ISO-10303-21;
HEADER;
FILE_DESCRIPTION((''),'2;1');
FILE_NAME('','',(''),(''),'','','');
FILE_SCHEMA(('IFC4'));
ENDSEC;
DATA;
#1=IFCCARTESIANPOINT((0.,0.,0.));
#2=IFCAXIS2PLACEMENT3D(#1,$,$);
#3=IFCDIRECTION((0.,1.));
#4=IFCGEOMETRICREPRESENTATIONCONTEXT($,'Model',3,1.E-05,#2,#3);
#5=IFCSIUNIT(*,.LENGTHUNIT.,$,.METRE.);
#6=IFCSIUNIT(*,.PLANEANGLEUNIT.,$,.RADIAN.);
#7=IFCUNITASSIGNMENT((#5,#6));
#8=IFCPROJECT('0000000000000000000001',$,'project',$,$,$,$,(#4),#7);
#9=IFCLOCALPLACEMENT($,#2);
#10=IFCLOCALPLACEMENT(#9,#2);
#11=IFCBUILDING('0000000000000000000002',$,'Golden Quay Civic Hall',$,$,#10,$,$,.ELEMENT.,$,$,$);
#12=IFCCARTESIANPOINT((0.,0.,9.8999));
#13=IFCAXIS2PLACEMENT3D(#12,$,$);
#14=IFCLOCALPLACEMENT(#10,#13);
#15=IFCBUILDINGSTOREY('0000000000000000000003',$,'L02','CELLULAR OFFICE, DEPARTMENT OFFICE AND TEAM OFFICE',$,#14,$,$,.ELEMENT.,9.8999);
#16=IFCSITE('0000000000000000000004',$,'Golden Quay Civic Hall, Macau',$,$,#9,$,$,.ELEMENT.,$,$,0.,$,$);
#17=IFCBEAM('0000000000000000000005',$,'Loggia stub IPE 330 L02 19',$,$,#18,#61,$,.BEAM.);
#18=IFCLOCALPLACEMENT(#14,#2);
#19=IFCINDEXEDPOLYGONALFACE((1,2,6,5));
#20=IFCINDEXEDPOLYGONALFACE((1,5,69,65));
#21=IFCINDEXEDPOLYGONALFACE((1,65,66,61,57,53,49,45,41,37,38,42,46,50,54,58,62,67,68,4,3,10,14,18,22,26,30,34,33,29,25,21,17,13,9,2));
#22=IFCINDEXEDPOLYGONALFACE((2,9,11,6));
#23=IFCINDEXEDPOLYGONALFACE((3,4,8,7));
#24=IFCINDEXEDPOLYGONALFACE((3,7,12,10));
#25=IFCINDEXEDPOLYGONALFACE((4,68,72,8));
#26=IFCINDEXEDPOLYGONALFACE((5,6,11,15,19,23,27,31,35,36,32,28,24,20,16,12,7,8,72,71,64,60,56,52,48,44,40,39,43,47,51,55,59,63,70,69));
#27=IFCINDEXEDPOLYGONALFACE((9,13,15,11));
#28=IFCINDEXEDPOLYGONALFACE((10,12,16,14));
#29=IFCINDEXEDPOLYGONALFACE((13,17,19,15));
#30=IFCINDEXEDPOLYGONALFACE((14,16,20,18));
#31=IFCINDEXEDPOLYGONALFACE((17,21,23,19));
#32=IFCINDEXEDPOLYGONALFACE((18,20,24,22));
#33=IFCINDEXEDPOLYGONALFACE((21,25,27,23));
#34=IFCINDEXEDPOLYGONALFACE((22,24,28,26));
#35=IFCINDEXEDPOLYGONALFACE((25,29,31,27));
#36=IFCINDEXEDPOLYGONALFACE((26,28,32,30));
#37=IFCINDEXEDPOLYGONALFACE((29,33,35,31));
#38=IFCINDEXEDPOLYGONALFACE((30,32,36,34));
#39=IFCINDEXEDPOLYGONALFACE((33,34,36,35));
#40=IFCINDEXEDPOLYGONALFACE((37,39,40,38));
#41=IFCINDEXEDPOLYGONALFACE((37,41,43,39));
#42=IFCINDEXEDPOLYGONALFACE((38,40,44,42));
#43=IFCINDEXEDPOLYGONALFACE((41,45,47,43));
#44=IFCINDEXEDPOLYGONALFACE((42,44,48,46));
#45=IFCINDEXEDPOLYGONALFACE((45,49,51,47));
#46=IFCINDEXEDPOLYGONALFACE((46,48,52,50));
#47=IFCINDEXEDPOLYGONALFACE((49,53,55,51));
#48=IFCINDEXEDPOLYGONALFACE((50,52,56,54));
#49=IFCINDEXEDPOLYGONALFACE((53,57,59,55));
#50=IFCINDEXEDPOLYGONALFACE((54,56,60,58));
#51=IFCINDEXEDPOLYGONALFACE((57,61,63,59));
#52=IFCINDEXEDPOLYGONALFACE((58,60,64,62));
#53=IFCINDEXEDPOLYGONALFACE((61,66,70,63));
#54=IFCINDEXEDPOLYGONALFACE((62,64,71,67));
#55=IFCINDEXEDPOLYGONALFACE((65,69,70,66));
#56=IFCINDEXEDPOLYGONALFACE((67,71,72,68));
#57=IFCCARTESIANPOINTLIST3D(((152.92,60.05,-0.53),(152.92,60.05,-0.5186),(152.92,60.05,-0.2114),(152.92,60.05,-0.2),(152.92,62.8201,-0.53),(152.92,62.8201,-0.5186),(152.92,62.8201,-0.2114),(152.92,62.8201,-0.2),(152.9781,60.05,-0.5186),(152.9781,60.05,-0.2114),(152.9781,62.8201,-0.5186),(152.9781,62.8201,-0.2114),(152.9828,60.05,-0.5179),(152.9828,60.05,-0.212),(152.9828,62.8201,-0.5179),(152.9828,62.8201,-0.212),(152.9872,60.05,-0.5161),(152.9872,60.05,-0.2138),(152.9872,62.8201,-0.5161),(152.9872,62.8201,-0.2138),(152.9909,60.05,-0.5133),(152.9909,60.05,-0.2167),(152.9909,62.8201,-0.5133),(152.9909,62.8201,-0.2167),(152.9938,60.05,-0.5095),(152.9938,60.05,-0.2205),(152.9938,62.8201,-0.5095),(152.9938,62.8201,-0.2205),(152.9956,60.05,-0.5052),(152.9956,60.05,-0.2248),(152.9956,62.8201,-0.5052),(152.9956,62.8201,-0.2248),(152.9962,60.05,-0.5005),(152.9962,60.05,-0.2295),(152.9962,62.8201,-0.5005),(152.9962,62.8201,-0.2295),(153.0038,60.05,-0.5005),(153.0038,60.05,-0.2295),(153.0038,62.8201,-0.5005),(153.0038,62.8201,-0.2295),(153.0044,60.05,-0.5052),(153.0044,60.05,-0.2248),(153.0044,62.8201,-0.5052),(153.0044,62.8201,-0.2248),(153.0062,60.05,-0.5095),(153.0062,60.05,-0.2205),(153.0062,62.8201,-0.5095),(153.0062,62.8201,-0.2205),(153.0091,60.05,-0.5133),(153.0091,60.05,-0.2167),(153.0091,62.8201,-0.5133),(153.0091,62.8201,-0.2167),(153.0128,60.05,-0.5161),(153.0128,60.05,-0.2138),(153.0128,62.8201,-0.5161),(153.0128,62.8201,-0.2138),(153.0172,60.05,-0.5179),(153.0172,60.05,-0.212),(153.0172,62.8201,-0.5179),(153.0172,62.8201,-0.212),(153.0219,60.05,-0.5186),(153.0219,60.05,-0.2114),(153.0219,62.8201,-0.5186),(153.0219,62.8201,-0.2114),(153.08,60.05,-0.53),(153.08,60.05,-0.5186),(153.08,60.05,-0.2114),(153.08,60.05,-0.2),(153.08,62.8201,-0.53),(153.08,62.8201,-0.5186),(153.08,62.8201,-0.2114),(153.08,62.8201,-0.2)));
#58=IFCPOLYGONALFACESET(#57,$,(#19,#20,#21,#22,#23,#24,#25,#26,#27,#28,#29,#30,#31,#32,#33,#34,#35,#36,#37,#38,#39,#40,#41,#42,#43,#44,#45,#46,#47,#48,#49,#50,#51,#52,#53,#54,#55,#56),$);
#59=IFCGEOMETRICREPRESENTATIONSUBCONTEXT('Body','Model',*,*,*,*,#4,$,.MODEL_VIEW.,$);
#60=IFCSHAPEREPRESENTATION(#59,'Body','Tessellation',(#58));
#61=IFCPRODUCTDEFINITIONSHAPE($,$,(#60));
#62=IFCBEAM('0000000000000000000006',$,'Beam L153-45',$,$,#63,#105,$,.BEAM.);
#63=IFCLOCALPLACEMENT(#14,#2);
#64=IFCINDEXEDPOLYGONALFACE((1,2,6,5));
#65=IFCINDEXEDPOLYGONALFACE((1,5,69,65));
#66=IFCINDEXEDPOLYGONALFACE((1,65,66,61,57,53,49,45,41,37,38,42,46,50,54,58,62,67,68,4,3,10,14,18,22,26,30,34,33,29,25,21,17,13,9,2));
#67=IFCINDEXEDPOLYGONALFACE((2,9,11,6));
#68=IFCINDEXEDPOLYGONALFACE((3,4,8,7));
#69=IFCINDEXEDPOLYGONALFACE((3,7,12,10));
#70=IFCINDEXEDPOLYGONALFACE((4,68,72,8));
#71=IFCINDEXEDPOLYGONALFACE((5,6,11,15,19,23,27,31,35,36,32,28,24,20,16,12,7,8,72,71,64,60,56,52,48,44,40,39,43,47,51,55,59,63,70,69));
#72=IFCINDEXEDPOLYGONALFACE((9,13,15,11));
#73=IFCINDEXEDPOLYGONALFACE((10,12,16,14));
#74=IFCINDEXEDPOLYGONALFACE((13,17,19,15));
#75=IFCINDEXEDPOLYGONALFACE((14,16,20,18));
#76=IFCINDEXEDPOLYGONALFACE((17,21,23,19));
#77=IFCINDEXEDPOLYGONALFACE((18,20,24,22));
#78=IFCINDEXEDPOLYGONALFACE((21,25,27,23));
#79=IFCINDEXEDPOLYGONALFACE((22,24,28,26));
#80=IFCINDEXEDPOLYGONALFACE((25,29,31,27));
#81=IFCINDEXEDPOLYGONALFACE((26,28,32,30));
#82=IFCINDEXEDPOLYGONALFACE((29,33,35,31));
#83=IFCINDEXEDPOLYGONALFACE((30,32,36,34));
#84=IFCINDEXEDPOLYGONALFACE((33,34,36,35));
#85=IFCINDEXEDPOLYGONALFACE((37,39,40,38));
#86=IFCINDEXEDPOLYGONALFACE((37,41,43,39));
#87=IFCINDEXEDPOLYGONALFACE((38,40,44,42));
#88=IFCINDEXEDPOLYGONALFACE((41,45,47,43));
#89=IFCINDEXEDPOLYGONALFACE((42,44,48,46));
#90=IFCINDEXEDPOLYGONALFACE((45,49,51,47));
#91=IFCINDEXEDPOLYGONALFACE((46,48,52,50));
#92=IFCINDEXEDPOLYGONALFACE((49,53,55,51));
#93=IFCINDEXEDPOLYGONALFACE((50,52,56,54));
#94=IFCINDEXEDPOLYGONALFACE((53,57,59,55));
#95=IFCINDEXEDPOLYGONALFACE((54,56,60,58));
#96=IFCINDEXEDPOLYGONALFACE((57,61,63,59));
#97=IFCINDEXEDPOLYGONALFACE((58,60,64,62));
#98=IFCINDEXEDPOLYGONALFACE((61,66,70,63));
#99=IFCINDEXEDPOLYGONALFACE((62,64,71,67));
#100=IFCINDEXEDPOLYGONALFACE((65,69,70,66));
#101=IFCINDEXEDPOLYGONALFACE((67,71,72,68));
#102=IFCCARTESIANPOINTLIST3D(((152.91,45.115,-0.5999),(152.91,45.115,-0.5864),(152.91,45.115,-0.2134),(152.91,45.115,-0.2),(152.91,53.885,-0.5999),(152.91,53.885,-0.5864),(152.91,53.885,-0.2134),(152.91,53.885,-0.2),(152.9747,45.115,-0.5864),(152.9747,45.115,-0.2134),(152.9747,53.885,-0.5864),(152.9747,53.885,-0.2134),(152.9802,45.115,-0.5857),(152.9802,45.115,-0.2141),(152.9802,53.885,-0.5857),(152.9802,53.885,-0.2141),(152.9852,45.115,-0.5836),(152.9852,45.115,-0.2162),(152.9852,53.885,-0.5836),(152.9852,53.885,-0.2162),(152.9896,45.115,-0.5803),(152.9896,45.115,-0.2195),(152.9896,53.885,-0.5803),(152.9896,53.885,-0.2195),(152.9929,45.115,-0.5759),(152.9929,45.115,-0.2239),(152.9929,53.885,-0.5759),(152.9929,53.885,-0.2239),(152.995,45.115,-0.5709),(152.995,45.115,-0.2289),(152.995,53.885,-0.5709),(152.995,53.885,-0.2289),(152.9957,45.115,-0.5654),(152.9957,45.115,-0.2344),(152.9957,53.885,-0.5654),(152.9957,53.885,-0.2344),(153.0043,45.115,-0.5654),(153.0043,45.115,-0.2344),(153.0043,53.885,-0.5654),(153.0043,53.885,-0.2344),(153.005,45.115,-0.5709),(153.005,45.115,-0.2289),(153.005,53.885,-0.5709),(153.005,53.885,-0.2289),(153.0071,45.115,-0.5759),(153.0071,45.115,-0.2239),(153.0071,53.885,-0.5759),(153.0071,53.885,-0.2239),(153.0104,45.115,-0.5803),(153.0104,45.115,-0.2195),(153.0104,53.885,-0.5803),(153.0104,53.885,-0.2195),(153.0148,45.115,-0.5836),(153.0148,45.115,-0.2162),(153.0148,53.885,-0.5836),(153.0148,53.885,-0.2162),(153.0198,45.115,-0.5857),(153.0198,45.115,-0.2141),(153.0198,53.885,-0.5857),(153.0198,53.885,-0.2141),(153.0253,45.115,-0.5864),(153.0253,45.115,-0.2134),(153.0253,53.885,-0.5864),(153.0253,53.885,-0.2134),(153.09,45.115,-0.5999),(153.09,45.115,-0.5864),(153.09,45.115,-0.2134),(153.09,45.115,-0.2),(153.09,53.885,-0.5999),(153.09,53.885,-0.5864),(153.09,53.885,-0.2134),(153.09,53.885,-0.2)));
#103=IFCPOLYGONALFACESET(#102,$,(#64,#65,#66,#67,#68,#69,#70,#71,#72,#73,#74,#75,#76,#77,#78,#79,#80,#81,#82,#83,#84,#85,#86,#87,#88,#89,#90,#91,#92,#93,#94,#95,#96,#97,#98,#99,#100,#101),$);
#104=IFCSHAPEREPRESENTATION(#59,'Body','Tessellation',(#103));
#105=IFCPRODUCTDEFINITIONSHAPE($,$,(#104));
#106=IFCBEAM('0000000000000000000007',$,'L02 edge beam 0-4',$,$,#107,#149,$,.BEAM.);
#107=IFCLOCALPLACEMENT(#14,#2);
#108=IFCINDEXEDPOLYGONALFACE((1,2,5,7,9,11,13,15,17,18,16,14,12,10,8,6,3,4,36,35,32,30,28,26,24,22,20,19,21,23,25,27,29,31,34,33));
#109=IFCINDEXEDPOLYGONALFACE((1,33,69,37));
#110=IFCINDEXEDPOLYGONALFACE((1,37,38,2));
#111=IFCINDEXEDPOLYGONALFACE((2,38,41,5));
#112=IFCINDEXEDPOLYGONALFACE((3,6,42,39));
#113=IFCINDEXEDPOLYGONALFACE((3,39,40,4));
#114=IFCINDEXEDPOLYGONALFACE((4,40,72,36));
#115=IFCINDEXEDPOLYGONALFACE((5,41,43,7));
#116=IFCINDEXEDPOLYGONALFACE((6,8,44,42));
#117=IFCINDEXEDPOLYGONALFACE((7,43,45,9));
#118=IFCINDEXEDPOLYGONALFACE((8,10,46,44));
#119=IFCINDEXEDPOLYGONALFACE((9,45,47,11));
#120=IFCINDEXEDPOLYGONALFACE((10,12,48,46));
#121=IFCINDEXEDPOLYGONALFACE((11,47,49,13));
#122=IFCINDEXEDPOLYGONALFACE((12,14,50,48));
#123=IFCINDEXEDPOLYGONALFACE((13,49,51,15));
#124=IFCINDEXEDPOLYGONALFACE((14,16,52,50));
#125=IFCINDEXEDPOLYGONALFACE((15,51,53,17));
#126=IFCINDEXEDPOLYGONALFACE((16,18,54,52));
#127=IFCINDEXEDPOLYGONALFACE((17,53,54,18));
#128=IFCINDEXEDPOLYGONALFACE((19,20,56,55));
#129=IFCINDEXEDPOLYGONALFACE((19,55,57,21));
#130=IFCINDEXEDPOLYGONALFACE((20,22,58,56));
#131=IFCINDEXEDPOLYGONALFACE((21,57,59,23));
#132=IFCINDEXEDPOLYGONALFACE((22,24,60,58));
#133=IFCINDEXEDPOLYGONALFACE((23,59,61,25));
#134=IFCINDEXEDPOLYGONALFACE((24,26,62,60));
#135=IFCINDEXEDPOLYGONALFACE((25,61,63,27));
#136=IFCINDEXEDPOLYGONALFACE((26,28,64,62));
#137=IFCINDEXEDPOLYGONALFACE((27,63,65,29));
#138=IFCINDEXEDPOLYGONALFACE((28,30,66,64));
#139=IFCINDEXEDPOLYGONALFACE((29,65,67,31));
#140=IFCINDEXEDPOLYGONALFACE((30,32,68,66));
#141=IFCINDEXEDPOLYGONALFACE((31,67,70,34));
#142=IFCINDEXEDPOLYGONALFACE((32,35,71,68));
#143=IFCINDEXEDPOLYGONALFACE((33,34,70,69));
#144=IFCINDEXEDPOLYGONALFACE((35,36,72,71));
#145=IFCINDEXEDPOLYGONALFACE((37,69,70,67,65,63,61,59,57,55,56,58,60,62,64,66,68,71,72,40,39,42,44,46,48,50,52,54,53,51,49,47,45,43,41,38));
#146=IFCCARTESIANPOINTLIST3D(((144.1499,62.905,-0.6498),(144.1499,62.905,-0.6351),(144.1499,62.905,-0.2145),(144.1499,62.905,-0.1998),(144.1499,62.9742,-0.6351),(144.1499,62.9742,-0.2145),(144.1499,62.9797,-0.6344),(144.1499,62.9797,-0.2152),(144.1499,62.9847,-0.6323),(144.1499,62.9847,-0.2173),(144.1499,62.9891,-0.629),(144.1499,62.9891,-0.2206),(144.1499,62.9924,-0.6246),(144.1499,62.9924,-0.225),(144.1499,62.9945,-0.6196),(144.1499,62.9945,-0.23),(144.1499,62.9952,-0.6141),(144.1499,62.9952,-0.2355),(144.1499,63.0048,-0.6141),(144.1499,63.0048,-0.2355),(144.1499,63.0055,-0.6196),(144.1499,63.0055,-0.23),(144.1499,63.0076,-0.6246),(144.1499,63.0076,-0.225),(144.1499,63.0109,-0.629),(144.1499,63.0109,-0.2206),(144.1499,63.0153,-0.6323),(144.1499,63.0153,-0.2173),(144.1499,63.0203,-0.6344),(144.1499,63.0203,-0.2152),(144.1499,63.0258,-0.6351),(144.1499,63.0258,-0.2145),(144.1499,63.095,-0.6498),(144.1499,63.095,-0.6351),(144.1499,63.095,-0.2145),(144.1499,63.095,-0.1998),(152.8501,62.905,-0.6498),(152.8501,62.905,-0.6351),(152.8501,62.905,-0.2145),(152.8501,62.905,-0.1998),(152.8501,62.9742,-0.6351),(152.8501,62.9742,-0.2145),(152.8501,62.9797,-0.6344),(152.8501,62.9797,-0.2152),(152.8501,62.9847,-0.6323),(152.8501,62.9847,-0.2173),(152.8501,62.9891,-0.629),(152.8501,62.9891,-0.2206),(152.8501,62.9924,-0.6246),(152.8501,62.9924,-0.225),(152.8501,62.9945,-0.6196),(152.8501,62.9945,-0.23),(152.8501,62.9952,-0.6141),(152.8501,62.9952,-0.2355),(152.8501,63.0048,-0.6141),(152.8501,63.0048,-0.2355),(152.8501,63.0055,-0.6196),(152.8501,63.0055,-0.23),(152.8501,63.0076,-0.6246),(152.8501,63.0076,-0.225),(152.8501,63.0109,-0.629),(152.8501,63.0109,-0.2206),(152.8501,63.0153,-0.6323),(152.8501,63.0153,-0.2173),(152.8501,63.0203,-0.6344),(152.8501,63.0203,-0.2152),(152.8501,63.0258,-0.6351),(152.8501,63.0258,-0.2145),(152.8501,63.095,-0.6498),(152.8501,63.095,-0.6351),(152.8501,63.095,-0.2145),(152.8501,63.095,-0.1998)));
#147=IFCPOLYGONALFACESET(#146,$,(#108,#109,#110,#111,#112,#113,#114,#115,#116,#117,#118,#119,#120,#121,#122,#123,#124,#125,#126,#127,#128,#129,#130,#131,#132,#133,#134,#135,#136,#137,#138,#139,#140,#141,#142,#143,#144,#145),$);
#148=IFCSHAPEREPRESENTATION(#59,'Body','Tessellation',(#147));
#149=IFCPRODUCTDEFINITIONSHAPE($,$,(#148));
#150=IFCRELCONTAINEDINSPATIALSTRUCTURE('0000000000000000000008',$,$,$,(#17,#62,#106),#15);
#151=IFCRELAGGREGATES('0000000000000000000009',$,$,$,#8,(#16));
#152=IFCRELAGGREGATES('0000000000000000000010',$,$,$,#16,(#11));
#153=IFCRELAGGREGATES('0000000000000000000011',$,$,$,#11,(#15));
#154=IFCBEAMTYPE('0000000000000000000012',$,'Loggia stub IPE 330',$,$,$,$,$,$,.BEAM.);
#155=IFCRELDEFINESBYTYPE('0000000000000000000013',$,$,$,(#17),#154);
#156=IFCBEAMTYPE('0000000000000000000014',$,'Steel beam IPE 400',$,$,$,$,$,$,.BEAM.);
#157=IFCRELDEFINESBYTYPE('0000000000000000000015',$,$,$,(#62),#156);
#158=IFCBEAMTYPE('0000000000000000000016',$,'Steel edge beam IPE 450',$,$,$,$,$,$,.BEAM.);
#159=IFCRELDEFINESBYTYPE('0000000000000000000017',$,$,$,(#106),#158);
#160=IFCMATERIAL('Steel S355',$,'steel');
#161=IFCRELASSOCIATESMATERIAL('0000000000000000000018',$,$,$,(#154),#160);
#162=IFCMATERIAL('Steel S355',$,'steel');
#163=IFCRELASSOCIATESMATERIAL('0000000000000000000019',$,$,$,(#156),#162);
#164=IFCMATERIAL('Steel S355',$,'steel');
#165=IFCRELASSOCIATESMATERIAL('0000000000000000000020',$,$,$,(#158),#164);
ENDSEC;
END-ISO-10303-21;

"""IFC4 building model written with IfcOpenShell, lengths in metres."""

from ifc_helpers import new_model, si_unit, direction, frame, origin, origin_2d, place, context, subcontext, project, spatial, i_section, extrude, material, material_profile, profile_set, type_object, element, save


model = new_model("IFC4")

# Units and contexts
model_context = context("Model", 3, precision=1e-05, world=origin(), true_north=direction((0.0, 1.0)))
body_context = subcontext(model_context, "Body", "Model", "MODEL_VIEW")
ifc_project = project(units=[si_unit("LENGTHUNIT", "METRE"), si_unit("PLANEANGLEUNIT", "RADIAN")], contexts=[model_context])

# Site, building, storey
site_placement = place(None, origin())
site = spatial("IfcSite", under=ifc_project, at=site_placement, Name="Golden Quay Civic Hall, Macau", CompositionType="ELEMENT", RefElevation=0.0)
building_placement = place(site_placement, origin())
building = spatial("IfcBuilding", under=site, at=building_placement, Name="Golden Quay Civic Hall", CompositionType="ELEMENT")
storey_placement = place(building_placement, frame((0.0, 0.0, 9.8999)))
storey = spatial("IfcBuildingStorey", under=building, at=storey_placement, Name="L02", Description="CELLULAR OFFICE, DEPARTMENT OFFICE AND TEAM OFFICE", CompositionType="ELEMENT", Elevation=9.8999)

# Beams
ifc_material_1 = material(Name="Steel S355", Category="steel")
ifc_material_profile_1 = material_profile(ifc_material_1, i_section(OverallWidth=0.1599, OverallDepth=0.3301, WebThickness=0.0076, FlangeThickness=0.0115, FilletRadius=0.0181, at=origin_2d()), Name="IPE 330")
ifc_profile_set_1 = profile_set([ifc_material_profile_1], Name="Steel S355")
beam_type_1 = type_object("IfcBeamType", Name="Loggia stub IPE 330", PredefinedType="BEAM", material=ifc_profile_set_1)
for number, where, z_axis, x_axis, name in (
    (1, (153.0, 62.8201, -0.365), (0.0, -1.0, 0.0), (1.0, 0.0, 0.0), "Loggia stub IPE 330 L02 19"),
):
    element("IfcBeam", number, at=place(storey_placement, frame(where, z_axis=z_axis, x_axis=x_axis)), inside=storey, type_object=beam_type_1, Name=name, PredefinedType="BEAM", context=body_context, shape_type="SweptSolid", body=[
        extrude(i_section(OverallWidth=0.1599, OverallDepth=0.3301, WebThickness=0.0076, FlangeThickness=0.0115, FilletRadius=0.0181, at=origin_2d()), origin(), (0.0, 0.0, 1.0), 2.77),
    ])
ifc_material_2 = material(Name="Steel S355", Category="steel")
ifc_material_profile_2 = material_profile(ifc_material_2, i_section(OverallWidth=0.1799, OverallDepth=0.3999, WebThickness=0.0085, FlangeThickness=0.0134, FilletRadius=0.021, at=origin_2d()), Name="IPE 400")
ifc_profile_set_2 = profile_set([ifc_material_profile_2], Name="Steel S355")
beam_type_2 = type_object("IfcBeamType", Name="Steel beam IPE 400", PredefinedType="BEAM", material=ifc_profile_set_2)
beam_1_placement = place(storey_placement, frame((153.0, 45.115, -0.3999), z_axis=(0.0, 1.0, 0.0), x_axis=(-1.0, 0.0, 0.0)))
element("IfcBeam", 2, at=beam_1_placement, inside=storey, type_object=beam_type_2, Name="Beam L153-45", PredefinedType="BEAM", context=body_context, shape_type="SweptSolid", body=[
    extrude(i_section(OverallWidth=0.1799, OverallDepth=0.3999, WebThickness=0.0085, FlangeThickness=0.0134, FilletRadius=0.021, at=origin_2d()), origin(), (0.0, 0.0, 1.0), 8.77),
])
ifc_material_3 = material(Name="Steel S355", Category="steel")
ifc_material_profile_3 = material_profile(ifc_material_3, i_section(OverallWidth=0.1899, OverallDepth=0.45, WebThickness=0.0095, FlangeThickness=0.0146, FilletRadius=0.021, at=origin_2d()), Name="IPE 450")
ifc_profile_set_3 = profile_set([ifc_material_profile_3], Name="Steel S355")
beam_type_3 = type_object("IfcBeamType", Name="Steel edge beam IPE 450", PredefinedType="BEAM", material=ifc_profile_set_3)
beam_2_placement = place(storey_placement, frame((144.1499, 63.0, -0.4248), z_axis=(1.0, 0.0, 0.0), x_axis=(0.0, 1.0, 0.0)))
element("IfcBeam", 3, at=beam_2_placement, inside=storey, type_object=beam_type_3, Name="L02 edge beam 0-4", PredefinedType="BEAM", context=body_context, shape_type="SweptSolid", body=[
    extrude(i_section(OverallWidth=0.1899, OverallDepth=0.45, WebThickness=0.0095, FlangeThickness=0.0146, FilletRadius=0.021, at=origin_2d()), origin(), (0.0, 0.0, 1.0), 8.7002),
])

save(model, "model.ifc")
